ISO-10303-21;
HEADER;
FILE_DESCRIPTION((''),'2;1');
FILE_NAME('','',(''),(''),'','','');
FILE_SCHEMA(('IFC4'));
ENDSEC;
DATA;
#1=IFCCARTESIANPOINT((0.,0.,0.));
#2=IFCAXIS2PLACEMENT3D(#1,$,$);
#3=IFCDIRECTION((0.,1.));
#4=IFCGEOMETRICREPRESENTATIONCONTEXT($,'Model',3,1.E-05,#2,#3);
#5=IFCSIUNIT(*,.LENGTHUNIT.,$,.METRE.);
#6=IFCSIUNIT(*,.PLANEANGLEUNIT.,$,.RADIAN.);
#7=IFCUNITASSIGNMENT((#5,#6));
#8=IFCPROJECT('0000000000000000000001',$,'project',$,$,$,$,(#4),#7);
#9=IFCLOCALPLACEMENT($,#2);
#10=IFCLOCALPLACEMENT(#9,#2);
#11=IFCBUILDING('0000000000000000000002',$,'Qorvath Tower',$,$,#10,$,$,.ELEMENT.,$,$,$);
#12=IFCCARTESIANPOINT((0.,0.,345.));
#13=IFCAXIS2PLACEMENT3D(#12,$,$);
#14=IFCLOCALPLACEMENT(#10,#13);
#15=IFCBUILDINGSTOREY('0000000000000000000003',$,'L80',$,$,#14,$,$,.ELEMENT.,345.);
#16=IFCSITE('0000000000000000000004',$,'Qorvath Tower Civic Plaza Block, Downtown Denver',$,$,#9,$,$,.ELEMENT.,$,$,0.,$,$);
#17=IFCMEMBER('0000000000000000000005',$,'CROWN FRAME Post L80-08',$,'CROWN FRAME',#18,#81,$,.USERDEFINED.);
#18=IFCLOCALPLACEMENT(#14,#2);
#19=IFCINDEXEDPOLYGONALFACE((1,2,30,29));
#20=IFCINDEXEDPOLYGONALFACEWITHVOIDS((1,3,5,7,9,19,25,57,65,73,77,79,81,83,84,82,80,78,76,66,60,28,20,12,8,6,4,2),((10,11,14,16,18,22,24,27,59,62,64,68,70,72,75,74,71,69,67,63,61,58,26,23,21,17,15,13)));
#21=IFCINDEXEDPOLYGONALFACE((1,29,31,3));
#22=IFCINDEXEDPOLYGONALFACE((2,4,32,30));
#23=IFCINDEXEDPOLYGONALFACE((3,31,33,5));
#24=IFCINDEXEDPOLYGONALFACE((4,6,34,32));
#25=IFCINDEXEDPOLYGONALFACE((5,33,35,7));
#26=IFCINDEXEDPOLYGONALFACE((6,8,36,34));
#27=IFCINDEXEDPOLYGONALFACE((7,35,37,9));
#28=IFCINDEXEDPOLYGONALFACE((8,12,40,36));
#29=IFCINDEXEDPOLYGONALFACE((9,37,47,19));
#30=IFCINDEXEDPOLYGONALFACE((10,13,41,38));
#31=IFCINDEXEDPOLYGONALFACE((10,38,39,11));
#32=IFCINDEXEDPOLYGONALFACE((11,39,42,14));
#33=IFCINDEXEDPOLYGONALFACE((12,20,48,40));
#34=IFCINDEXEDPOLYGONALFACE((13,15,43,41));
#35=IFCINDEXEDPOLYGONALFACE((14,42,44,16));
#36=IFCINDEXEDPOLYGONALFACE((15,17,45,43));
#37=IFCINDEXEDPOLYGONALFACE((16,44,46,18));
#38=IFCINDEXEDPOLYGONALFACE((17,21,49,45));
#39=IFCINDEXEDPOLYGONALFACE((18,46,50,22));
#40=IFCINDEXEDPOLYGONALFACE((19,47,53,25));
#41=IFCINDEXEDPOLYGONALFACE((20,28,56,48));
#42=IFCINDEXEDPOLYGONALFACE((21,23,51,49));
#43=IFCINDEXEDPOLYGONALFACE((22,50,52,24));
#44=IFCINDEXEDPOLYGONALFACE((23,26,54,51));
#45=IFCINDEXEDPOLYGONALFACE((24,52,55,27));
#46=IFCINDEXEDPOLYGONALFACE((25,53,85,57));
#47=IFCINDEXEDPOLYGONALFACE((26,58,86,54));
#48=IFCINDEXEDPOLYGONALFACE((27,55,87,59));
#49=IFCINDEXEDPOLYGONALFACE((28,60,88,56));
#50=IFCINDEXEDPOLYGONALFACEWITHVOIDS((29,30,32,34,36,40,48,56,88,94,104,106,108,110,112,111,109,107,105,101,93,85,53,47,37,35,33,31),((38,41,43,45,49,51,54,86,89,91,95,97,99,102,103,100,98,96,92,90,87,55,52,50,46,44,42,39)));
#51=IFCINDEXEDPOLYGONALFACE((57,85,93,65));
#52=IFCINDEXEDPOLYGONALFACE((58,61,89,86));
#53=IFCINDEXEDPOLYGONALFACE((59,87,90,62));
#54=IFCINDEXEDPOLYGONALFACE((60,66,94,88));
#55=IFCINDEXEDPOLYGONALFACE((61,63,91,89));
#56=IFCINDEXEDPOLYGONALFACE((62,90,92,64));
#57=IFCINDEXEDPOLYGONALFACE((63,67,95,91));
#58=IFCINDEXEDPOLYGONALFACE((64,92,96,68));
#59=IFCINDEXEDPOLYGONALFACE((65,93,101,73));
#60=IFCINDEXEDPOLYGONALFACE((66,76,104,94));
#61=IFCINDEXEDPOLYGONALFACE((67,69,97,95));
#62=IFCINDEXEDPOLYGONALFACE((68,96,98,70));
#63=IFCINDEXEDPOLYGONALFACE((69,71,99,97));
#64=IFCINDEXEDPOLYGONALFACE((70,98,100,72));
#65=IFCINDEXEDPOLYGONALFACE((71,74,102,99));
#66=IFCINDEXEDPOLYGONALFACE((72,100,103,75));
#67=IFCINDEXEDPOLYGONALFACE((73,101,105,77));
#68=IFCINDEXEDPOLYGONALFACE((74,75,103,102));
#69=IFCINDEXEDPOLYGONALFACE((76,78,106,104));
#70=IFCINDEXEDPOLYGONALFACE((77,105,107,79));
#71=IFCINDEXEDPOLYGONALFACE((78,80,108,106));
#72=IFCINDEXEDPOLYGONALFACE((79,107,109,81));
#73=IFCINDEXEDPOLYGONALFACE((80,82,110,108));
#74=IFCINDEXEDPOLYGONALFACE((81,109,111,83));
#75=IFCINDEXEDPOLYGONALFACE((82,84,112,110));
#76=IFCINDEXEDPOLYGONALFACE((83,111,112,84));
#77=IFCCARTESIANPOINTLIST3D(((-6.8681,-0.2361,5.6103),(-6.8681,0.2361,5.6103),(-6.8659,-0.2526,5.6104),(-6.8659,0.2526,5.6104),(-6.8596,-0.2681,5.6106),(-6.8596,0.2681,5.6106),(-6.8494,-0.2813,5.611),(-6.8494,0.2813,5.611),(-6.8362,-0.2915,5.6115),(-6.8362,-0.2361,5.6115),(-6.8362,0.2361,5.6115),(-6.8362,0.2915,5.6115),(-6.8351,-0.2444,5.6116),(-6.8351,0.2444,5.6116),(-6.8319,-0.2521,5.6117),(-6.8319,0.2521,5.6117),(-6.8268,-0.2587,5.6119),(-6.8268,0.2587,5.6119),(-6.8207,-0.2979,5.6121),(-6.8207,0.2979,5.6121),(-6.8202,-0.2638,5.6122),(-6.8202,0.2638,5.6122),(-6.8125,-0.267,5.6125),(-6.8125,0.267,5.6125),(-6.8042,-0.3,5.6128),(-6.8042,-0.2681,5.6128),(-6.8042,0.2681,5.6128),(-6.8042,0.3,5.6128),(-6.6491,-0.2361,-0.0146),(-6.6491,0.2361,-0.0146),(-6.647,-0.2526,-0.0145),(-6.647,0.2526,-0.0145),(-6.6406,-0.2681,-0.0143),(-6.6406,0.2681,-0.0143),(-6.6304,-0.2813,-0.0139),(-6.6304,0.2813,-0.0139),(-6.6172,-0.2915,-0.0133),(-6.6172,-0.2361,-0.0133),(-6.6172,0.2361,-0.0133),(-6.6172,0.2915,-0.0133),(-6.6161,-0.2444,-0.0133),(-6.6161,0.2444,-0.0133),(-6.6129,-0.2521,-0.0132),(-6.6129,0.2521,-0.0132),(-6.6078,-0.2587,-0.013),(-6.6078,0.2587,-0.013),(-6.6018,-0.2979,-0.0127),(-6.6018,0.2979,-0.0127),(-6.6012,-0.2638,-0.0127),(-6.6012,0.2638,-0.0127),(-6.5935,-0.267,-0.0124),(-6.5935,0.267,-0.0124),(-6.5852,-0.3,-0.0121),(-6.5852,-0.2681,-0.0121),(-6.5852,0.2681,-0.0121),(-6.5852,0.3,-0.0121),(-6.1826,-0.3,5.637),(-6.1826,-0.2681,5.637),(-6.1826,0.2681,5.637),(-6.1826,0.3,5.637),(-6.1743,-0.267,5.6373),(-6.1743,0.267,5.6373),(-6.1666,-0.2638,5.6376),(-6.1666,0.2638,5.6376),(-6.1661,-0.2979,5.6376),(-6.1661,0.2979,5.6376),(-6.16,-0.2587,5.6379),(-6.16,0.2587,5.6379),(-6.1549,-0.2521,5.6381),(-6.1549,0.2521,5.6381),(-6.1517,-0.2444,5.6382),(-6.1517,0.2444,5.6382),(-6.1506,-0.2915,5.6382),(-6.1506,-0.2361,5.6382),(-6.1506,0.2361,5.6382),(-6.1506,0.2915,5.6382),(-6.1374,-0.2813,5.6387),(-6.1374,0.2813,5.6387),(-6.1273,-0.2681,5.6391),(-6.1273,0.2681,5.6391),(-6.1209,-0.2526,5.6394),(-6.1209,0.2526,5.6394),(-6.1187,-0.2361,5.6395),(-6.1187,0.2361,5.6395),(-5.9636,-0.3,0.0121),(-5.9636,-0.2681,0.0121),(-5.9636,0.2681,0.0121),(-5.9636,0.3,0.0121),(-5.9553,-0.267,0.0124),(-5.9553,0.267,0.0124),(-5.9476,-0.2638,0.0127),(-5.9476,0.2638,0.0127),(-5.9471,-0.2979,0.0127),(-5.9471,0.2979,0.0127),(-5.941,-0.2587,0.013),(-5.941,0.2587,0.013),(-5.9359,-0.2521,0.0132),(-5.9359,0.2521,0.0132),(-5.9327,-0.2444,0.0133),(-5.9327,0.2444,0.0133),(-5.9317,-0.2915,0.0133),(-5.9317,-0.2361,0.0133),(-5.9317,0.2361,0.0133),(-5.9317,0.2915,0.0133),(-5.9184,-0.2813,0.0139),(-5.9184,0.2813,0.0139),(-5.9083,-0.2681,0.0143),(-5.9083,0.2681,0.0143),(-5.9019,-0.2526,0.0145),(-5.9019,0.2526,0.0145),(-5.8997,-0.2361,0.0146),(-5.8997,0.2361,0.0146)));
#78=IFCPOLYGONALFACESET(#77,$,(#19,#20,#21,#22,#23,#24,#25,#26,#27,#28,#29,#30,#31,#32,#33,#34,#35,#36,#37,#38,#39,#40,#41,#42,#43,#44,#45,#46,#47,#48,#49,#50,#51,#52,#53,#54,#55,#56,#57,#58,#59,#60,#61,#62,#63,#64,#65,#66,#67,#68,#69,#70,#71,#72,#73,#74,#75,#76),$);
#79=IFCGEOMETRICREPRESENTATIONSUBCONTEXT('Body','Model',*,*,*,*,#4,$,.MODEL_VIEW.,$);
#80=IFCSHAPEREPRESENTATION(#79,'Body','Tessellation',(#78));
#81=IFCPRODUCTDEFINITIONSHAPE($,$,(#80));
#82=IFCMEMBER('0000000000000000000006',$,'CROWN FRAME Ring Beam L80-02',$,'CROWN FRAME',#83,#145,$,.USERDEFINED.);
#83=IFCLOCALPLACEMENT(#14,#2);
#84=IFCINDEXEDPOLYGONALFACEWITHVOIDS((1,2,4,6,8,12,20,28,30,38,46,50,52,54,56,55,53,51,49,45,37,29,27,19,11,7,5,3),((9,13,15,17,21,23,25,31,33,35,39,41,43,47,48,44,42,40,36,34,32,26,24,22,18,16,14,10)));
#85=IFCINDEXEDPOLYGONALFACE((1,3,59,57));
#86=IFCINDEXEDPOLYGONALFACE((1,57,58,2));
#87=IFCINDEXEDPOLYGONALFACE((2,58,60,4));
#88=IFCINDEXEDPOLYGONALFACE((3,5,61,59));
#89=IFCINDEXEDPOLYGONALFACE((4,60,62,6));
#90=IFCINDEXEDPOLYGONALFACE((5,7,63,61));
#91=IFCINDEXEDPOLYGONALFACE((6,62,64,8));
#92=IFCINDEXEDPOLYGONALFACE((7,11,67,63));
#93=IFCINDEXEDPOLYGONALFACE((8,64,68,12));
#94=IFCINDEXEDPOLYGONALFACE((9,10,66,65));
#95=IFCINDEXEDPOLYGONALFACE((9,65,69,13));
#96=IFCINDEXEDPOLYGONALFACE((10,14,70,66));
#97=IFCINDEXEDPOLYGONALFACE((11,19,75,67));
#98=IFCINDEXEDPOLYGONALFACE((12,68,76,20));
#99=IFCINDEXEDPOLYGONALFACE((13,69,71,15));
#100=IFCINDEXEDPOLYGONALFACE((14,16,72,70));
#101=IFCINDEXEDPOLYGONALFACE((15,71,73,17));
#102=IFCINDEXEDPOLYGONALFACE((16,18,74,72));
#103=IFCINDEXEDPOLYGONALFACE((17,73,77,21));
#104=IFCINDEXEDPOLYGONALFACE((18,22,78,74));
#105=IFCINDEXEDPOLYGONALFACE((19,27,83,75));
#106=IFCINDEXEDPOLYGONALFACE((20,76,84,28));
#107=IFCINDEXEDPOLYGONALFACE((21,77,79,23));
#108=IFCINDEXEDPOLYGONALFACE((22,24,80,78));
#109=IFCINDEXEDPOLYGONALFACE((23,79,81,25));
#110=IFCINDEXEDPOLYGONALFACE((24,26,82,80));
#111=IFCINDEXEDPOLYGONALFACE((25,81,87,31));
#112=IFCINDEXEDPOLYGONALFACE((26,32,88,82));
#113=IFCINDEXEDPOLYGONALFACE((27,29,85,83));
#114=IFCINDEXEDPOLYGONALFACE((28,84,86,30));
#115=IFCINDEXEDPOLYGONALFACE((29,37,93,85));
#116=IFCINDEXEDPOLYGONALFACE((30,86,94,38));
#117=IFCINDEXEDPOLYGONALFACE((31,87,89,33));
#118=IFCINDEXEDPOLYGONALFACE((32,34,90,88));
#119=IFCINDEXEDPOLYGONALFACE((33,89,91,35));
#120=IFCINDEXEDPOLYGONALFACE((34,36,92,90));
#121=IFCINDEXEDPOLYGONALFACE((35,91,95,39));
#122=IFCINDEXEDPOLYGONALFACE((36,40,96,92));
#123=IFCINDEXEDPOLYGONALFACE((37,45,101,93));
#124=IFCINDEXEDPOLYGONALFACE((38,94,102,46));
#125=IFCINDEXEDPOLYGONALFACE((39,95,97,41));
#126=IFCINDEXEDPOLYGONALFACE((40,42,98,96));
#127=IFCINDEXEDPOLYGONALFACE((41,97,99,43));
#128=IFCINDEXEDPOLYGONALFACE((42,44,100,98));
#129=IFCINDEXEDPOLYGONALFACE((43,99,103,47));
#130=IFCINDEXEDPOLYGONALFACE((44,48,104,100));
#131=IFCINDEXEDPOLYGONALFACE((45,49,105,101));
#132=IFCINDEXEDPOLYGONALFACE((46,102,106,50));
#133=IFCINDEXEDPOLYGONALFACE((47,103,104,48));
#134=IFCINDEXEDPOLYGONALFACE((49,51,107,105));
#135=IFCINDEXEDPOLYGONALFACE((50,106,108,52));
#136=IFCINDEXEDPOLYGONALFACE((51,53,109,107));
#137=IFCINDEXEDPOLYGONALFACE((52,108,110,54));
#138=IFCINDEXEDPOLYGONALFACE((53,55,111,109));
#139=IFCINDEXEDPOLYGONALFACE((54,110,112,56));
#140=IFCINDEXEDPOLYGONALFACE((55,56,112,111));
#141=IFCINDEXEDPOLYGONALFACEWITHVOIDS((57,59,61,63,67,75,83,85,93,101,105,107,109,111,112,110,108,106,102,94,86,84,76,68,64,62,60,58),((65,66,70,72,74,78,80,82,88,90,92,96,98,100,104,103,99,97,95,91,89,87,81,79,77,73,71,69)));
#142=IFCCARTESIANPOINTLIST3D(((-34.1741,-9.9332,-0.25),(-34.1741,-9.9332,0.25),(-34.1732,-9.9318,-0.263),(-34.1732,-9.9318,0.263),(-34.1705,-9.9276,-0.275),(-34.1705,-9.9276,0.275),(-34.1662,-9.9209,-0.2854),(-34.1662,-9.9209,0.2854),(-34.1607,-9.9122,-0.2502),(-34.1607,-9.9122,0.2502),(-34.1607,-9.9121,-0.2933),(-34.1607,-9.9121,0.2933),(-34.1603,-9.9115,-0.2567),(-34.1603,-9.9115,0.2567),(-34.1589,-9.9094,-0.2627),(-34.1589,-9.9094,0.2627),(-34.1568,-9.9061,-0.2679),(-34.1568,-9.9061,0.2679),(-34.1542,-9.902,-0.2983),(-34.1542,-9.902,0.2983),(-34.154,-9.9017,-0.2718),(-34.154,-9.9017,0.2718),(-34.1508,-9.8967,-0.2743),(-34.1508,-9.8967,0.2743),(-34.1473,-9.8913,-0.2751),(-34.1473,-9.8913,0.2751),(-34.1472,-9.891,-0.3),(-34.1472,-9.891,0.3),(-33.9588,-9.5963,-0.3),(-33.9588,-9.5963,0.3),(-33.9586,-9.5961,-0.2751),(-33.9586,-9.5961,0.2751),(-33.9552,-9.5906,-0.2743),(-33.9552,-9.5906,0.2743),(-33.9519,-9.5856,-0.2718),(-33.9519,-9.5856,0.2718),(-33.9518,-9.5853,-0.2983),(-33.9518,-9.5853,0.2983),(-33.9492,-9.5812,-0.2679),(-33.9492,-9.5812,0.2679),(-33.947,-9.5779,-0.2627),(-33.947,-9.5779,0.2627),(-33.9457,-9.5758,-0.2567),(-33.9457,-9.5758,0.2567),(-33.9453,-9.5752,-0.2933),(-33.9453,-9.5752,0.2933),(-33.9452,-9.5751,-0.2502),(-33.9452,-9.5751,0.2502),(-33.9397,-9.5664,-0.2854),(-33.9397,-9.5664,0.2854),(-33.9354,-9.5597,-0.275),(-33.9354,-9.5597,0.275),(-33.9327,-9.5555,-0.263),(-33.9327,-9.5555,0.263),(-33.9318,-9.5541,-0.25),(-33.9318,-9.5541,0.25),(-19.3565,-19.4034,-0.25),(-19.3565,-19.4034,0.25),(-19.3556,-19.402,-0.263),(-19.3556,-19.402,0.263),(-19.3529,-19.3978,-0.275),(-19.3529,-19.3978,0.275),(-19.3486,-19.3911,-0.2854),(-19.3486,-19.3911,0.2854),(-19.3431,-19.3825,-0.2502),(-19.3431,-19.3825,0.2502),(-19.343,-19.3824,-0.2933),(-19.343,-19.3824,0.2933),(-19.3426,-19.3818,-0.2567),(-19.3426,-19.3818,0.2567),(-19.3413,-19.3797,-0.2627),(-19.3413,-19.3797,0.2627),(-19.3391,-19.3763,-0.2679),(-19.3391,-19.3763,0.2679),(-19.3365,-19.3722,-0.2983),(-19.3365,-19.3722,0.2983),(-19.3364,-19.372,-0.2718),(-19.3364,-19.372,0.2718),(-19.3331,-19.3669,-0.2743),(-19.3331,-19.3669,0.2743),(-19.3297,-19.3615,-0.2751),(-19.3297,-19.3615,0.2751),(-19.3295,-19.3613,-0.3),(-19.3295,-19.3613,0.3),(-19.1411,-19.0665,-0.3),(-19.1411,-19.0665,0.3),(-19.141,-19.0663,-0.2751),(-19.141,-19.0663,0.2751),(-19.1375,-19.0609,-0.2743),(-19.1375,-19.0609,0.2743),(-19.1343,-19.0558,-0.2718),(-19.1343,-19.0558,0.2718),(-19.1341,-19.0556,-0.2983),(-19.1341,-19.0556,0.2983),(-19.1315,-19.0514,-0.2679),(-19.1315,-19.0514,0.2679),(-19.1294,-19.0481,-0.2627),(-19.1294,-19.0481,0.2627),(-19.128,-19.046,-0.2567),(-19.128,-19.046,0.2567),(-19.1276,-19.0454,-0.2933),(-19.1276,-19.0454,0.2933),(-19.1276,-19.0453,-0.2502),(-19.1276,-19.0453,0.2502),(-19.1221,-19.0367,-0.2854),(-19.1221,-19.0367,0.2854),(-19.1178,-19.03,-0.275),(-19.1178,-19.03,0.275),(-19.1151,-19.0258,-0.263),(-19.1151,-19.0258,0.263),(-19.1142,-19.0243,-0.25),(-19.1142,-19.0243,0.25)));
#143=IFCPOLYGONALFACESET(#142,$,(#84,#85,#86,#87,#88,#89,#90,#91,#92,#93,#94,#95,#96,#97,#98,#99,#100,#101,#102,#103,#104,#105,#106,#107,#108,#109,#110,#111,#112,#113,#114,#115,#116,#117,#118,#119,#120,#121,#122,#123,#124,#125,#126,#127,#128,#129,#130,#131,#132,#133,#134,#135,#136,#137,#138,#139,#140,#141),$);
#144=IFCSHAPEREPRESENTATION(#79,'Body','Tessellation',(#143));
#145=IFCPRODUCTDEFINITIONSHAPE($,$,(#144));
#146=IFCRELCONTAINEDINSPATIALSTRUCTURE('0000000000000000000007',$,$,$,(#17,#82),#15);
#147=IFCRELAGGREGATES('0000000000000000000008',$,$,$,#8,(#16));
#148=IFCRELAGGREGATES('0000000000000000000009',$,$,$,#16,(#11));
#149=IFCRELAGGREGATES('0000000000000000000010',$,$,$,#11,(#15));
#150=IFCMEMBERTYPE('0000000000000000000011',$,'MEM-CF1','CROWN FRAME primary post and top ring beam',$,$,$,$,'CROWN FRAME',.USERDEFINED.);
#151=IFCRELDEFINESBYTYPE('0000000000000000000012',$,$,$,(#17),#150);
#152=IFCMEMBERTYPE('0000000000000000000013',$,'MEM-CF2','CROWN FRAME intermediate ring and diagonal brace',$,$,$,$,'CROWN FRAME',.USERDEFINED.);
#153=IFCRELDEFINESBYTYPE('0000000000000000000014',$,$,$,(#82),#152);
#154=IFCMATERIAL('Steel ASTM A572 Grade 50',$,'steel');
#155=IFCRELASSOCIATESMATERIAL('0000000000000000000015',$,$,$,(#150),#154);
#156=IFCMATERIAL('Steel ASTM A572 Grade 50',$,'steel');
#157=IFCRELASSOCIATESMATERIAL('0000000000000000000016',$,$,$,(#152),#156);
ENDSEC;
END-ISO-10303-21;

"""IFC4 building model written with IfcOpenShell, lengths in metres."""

from ifc_helpers import new_model, si_unit, direction, frame, origin, origin_2d, place, context, subcontext, project, spatial, hollow_rectangle, extrude, material, material_profile, profile_set, type_object, element, save


model = new_model("IFC4")

# Units and contexts
model_context = context("Model", 3, precision=1e-05, world=origin(), true_north=direction((0.0, 1.0)))
body_context = subcontext(model_context, "Body", "Model", "MODEL_VIEW")
ifc_project = project(units=[si_unit("LENGTHUNIT", "METRE"), si_unit("PLANEANGLEUNIT", "RADIAN")], contexts=[model_context])

# Site, building, storey
site_placement = place(None, origin())
site = spatial("IfcSite", under=ifc_project, at=site_placement, Name="Qorvath Tower Civic Plaza Block, Downtown Denver", CompositionType="ELEMENT", RefElevation=0.0)
building_placement = place(site_placement, origin())
building = spatial("IfcBuilding", under=site, at=building_placement, Name="Qorvath Tower", CompositionType="ELEMENT")
storey_placement = place(building_placement, frame((0.0, 0.0, 345.0)))
storey = spatial("IfcBuildingStorey", under=building, at=storey_placement, Name="L80", CompositionType="ELEMENT", Elevation=345.0)

# Members
ifc_material_1 = material(Name="Steel ASTM A572 Grade 50", Category="steel")
ifc_material_profile_1 = material_profile(ifc_material_1, hollow_rectangle(XDim=0.6001, YDim=0.75, WallThickness=0.032, InnerFilletRadius=0.032, OuterFilletRadius=0.064, at=origin_2d()), Name="CROWN BOX 750x600x32")
ifc_profile_set_1 = profile_set([ifc_material_profile_1], Name="Steel ASTM A572 Grade 50")
member_type_1 = type_object("IfcMemberType", Name="MEM-CF1", Description="CROWN FRAME primary post and top ring beam", ElementType="CROWN FRAME", PredefinedType="USERDEFINED", material=ifc_profile_set_1)
member_1_placement = place(storey_placement, frame((-6.2744, 0.0, 0.0), z_axis=(-0.038903, 0.0, 0.999243), x_axis=(0.0, -1.0, 0.0)))
element("IfcMember", 1, at=member_1_placement, inside=storey, type_object=member_type_1, Name="CROWN FRAME Post L80-08", ObjectType="CROWN FRAME", PredefinedType="USERDEFINED", context=body_context, shape_type="SweptSolid", body=[
    extrude(hollow_rectangle(XDim=0.6001, YDim=0.75, WallThickness=0.032, InnerFilletRadius=0.032, OuterFilletRadius=0.064, at=origin_2d()), origin(), (0.0, 0.0, 1.0), 5.6292),
])
ifc_material_2 = material(Name="Steel ASTM A572 Grade 50", Category="steel")
ifc_material_profile_2 = material_profile(ifc_material_2, hollow_rectangle(XDim=0.45, YDim=0.6001, WallThickness=0.0249, InnerFilletRadius=0.0249, OuterFilletRadius=0.05, at=origin_2d()), Name="CROWN BOX 600x450x25")
ifc_profile_set_2 = profile_set([ifc_material_profile_2], Name="Steel ASTM A572 Grade 50")
member_type_2 = type_object("IfcMemberType", Name="MEM-CF2", Description="CROWN FRAME intermediate ring and diagonal brace", ElementType="CROWN FRAME", PredefinedType="USERDEFINED", material=ifc_profile_set_2)
member_2_placement = place(storey_placement, frame((-34.053, -9.7437, 0.0), z_axis=(0.842609, -0.538526, 0.0), x_axis=(0.538526, 0.842609, 0.0)))
element("IfcMember", 2, at=member_2_placement, inside=storey, type_object=member_type_2, Name="CROWN FRAME Ring Beam L80-02", ObjectType="CROWN FRAME", PredefinedType="USERDEFINED", context=body_context, shape_type="SweptSolid", body=[
    extrude(hollow_rectangle(XDim=0.45, YDim=0.6001, WallThickness=0.0249, InnerFilletRadius=0.0249, OuterFilletRadius=0.05, at=origin_2d()), origin(), (0.0, 0.0, 1.0), 17.5854),
])

save(model, "model.ifc")
